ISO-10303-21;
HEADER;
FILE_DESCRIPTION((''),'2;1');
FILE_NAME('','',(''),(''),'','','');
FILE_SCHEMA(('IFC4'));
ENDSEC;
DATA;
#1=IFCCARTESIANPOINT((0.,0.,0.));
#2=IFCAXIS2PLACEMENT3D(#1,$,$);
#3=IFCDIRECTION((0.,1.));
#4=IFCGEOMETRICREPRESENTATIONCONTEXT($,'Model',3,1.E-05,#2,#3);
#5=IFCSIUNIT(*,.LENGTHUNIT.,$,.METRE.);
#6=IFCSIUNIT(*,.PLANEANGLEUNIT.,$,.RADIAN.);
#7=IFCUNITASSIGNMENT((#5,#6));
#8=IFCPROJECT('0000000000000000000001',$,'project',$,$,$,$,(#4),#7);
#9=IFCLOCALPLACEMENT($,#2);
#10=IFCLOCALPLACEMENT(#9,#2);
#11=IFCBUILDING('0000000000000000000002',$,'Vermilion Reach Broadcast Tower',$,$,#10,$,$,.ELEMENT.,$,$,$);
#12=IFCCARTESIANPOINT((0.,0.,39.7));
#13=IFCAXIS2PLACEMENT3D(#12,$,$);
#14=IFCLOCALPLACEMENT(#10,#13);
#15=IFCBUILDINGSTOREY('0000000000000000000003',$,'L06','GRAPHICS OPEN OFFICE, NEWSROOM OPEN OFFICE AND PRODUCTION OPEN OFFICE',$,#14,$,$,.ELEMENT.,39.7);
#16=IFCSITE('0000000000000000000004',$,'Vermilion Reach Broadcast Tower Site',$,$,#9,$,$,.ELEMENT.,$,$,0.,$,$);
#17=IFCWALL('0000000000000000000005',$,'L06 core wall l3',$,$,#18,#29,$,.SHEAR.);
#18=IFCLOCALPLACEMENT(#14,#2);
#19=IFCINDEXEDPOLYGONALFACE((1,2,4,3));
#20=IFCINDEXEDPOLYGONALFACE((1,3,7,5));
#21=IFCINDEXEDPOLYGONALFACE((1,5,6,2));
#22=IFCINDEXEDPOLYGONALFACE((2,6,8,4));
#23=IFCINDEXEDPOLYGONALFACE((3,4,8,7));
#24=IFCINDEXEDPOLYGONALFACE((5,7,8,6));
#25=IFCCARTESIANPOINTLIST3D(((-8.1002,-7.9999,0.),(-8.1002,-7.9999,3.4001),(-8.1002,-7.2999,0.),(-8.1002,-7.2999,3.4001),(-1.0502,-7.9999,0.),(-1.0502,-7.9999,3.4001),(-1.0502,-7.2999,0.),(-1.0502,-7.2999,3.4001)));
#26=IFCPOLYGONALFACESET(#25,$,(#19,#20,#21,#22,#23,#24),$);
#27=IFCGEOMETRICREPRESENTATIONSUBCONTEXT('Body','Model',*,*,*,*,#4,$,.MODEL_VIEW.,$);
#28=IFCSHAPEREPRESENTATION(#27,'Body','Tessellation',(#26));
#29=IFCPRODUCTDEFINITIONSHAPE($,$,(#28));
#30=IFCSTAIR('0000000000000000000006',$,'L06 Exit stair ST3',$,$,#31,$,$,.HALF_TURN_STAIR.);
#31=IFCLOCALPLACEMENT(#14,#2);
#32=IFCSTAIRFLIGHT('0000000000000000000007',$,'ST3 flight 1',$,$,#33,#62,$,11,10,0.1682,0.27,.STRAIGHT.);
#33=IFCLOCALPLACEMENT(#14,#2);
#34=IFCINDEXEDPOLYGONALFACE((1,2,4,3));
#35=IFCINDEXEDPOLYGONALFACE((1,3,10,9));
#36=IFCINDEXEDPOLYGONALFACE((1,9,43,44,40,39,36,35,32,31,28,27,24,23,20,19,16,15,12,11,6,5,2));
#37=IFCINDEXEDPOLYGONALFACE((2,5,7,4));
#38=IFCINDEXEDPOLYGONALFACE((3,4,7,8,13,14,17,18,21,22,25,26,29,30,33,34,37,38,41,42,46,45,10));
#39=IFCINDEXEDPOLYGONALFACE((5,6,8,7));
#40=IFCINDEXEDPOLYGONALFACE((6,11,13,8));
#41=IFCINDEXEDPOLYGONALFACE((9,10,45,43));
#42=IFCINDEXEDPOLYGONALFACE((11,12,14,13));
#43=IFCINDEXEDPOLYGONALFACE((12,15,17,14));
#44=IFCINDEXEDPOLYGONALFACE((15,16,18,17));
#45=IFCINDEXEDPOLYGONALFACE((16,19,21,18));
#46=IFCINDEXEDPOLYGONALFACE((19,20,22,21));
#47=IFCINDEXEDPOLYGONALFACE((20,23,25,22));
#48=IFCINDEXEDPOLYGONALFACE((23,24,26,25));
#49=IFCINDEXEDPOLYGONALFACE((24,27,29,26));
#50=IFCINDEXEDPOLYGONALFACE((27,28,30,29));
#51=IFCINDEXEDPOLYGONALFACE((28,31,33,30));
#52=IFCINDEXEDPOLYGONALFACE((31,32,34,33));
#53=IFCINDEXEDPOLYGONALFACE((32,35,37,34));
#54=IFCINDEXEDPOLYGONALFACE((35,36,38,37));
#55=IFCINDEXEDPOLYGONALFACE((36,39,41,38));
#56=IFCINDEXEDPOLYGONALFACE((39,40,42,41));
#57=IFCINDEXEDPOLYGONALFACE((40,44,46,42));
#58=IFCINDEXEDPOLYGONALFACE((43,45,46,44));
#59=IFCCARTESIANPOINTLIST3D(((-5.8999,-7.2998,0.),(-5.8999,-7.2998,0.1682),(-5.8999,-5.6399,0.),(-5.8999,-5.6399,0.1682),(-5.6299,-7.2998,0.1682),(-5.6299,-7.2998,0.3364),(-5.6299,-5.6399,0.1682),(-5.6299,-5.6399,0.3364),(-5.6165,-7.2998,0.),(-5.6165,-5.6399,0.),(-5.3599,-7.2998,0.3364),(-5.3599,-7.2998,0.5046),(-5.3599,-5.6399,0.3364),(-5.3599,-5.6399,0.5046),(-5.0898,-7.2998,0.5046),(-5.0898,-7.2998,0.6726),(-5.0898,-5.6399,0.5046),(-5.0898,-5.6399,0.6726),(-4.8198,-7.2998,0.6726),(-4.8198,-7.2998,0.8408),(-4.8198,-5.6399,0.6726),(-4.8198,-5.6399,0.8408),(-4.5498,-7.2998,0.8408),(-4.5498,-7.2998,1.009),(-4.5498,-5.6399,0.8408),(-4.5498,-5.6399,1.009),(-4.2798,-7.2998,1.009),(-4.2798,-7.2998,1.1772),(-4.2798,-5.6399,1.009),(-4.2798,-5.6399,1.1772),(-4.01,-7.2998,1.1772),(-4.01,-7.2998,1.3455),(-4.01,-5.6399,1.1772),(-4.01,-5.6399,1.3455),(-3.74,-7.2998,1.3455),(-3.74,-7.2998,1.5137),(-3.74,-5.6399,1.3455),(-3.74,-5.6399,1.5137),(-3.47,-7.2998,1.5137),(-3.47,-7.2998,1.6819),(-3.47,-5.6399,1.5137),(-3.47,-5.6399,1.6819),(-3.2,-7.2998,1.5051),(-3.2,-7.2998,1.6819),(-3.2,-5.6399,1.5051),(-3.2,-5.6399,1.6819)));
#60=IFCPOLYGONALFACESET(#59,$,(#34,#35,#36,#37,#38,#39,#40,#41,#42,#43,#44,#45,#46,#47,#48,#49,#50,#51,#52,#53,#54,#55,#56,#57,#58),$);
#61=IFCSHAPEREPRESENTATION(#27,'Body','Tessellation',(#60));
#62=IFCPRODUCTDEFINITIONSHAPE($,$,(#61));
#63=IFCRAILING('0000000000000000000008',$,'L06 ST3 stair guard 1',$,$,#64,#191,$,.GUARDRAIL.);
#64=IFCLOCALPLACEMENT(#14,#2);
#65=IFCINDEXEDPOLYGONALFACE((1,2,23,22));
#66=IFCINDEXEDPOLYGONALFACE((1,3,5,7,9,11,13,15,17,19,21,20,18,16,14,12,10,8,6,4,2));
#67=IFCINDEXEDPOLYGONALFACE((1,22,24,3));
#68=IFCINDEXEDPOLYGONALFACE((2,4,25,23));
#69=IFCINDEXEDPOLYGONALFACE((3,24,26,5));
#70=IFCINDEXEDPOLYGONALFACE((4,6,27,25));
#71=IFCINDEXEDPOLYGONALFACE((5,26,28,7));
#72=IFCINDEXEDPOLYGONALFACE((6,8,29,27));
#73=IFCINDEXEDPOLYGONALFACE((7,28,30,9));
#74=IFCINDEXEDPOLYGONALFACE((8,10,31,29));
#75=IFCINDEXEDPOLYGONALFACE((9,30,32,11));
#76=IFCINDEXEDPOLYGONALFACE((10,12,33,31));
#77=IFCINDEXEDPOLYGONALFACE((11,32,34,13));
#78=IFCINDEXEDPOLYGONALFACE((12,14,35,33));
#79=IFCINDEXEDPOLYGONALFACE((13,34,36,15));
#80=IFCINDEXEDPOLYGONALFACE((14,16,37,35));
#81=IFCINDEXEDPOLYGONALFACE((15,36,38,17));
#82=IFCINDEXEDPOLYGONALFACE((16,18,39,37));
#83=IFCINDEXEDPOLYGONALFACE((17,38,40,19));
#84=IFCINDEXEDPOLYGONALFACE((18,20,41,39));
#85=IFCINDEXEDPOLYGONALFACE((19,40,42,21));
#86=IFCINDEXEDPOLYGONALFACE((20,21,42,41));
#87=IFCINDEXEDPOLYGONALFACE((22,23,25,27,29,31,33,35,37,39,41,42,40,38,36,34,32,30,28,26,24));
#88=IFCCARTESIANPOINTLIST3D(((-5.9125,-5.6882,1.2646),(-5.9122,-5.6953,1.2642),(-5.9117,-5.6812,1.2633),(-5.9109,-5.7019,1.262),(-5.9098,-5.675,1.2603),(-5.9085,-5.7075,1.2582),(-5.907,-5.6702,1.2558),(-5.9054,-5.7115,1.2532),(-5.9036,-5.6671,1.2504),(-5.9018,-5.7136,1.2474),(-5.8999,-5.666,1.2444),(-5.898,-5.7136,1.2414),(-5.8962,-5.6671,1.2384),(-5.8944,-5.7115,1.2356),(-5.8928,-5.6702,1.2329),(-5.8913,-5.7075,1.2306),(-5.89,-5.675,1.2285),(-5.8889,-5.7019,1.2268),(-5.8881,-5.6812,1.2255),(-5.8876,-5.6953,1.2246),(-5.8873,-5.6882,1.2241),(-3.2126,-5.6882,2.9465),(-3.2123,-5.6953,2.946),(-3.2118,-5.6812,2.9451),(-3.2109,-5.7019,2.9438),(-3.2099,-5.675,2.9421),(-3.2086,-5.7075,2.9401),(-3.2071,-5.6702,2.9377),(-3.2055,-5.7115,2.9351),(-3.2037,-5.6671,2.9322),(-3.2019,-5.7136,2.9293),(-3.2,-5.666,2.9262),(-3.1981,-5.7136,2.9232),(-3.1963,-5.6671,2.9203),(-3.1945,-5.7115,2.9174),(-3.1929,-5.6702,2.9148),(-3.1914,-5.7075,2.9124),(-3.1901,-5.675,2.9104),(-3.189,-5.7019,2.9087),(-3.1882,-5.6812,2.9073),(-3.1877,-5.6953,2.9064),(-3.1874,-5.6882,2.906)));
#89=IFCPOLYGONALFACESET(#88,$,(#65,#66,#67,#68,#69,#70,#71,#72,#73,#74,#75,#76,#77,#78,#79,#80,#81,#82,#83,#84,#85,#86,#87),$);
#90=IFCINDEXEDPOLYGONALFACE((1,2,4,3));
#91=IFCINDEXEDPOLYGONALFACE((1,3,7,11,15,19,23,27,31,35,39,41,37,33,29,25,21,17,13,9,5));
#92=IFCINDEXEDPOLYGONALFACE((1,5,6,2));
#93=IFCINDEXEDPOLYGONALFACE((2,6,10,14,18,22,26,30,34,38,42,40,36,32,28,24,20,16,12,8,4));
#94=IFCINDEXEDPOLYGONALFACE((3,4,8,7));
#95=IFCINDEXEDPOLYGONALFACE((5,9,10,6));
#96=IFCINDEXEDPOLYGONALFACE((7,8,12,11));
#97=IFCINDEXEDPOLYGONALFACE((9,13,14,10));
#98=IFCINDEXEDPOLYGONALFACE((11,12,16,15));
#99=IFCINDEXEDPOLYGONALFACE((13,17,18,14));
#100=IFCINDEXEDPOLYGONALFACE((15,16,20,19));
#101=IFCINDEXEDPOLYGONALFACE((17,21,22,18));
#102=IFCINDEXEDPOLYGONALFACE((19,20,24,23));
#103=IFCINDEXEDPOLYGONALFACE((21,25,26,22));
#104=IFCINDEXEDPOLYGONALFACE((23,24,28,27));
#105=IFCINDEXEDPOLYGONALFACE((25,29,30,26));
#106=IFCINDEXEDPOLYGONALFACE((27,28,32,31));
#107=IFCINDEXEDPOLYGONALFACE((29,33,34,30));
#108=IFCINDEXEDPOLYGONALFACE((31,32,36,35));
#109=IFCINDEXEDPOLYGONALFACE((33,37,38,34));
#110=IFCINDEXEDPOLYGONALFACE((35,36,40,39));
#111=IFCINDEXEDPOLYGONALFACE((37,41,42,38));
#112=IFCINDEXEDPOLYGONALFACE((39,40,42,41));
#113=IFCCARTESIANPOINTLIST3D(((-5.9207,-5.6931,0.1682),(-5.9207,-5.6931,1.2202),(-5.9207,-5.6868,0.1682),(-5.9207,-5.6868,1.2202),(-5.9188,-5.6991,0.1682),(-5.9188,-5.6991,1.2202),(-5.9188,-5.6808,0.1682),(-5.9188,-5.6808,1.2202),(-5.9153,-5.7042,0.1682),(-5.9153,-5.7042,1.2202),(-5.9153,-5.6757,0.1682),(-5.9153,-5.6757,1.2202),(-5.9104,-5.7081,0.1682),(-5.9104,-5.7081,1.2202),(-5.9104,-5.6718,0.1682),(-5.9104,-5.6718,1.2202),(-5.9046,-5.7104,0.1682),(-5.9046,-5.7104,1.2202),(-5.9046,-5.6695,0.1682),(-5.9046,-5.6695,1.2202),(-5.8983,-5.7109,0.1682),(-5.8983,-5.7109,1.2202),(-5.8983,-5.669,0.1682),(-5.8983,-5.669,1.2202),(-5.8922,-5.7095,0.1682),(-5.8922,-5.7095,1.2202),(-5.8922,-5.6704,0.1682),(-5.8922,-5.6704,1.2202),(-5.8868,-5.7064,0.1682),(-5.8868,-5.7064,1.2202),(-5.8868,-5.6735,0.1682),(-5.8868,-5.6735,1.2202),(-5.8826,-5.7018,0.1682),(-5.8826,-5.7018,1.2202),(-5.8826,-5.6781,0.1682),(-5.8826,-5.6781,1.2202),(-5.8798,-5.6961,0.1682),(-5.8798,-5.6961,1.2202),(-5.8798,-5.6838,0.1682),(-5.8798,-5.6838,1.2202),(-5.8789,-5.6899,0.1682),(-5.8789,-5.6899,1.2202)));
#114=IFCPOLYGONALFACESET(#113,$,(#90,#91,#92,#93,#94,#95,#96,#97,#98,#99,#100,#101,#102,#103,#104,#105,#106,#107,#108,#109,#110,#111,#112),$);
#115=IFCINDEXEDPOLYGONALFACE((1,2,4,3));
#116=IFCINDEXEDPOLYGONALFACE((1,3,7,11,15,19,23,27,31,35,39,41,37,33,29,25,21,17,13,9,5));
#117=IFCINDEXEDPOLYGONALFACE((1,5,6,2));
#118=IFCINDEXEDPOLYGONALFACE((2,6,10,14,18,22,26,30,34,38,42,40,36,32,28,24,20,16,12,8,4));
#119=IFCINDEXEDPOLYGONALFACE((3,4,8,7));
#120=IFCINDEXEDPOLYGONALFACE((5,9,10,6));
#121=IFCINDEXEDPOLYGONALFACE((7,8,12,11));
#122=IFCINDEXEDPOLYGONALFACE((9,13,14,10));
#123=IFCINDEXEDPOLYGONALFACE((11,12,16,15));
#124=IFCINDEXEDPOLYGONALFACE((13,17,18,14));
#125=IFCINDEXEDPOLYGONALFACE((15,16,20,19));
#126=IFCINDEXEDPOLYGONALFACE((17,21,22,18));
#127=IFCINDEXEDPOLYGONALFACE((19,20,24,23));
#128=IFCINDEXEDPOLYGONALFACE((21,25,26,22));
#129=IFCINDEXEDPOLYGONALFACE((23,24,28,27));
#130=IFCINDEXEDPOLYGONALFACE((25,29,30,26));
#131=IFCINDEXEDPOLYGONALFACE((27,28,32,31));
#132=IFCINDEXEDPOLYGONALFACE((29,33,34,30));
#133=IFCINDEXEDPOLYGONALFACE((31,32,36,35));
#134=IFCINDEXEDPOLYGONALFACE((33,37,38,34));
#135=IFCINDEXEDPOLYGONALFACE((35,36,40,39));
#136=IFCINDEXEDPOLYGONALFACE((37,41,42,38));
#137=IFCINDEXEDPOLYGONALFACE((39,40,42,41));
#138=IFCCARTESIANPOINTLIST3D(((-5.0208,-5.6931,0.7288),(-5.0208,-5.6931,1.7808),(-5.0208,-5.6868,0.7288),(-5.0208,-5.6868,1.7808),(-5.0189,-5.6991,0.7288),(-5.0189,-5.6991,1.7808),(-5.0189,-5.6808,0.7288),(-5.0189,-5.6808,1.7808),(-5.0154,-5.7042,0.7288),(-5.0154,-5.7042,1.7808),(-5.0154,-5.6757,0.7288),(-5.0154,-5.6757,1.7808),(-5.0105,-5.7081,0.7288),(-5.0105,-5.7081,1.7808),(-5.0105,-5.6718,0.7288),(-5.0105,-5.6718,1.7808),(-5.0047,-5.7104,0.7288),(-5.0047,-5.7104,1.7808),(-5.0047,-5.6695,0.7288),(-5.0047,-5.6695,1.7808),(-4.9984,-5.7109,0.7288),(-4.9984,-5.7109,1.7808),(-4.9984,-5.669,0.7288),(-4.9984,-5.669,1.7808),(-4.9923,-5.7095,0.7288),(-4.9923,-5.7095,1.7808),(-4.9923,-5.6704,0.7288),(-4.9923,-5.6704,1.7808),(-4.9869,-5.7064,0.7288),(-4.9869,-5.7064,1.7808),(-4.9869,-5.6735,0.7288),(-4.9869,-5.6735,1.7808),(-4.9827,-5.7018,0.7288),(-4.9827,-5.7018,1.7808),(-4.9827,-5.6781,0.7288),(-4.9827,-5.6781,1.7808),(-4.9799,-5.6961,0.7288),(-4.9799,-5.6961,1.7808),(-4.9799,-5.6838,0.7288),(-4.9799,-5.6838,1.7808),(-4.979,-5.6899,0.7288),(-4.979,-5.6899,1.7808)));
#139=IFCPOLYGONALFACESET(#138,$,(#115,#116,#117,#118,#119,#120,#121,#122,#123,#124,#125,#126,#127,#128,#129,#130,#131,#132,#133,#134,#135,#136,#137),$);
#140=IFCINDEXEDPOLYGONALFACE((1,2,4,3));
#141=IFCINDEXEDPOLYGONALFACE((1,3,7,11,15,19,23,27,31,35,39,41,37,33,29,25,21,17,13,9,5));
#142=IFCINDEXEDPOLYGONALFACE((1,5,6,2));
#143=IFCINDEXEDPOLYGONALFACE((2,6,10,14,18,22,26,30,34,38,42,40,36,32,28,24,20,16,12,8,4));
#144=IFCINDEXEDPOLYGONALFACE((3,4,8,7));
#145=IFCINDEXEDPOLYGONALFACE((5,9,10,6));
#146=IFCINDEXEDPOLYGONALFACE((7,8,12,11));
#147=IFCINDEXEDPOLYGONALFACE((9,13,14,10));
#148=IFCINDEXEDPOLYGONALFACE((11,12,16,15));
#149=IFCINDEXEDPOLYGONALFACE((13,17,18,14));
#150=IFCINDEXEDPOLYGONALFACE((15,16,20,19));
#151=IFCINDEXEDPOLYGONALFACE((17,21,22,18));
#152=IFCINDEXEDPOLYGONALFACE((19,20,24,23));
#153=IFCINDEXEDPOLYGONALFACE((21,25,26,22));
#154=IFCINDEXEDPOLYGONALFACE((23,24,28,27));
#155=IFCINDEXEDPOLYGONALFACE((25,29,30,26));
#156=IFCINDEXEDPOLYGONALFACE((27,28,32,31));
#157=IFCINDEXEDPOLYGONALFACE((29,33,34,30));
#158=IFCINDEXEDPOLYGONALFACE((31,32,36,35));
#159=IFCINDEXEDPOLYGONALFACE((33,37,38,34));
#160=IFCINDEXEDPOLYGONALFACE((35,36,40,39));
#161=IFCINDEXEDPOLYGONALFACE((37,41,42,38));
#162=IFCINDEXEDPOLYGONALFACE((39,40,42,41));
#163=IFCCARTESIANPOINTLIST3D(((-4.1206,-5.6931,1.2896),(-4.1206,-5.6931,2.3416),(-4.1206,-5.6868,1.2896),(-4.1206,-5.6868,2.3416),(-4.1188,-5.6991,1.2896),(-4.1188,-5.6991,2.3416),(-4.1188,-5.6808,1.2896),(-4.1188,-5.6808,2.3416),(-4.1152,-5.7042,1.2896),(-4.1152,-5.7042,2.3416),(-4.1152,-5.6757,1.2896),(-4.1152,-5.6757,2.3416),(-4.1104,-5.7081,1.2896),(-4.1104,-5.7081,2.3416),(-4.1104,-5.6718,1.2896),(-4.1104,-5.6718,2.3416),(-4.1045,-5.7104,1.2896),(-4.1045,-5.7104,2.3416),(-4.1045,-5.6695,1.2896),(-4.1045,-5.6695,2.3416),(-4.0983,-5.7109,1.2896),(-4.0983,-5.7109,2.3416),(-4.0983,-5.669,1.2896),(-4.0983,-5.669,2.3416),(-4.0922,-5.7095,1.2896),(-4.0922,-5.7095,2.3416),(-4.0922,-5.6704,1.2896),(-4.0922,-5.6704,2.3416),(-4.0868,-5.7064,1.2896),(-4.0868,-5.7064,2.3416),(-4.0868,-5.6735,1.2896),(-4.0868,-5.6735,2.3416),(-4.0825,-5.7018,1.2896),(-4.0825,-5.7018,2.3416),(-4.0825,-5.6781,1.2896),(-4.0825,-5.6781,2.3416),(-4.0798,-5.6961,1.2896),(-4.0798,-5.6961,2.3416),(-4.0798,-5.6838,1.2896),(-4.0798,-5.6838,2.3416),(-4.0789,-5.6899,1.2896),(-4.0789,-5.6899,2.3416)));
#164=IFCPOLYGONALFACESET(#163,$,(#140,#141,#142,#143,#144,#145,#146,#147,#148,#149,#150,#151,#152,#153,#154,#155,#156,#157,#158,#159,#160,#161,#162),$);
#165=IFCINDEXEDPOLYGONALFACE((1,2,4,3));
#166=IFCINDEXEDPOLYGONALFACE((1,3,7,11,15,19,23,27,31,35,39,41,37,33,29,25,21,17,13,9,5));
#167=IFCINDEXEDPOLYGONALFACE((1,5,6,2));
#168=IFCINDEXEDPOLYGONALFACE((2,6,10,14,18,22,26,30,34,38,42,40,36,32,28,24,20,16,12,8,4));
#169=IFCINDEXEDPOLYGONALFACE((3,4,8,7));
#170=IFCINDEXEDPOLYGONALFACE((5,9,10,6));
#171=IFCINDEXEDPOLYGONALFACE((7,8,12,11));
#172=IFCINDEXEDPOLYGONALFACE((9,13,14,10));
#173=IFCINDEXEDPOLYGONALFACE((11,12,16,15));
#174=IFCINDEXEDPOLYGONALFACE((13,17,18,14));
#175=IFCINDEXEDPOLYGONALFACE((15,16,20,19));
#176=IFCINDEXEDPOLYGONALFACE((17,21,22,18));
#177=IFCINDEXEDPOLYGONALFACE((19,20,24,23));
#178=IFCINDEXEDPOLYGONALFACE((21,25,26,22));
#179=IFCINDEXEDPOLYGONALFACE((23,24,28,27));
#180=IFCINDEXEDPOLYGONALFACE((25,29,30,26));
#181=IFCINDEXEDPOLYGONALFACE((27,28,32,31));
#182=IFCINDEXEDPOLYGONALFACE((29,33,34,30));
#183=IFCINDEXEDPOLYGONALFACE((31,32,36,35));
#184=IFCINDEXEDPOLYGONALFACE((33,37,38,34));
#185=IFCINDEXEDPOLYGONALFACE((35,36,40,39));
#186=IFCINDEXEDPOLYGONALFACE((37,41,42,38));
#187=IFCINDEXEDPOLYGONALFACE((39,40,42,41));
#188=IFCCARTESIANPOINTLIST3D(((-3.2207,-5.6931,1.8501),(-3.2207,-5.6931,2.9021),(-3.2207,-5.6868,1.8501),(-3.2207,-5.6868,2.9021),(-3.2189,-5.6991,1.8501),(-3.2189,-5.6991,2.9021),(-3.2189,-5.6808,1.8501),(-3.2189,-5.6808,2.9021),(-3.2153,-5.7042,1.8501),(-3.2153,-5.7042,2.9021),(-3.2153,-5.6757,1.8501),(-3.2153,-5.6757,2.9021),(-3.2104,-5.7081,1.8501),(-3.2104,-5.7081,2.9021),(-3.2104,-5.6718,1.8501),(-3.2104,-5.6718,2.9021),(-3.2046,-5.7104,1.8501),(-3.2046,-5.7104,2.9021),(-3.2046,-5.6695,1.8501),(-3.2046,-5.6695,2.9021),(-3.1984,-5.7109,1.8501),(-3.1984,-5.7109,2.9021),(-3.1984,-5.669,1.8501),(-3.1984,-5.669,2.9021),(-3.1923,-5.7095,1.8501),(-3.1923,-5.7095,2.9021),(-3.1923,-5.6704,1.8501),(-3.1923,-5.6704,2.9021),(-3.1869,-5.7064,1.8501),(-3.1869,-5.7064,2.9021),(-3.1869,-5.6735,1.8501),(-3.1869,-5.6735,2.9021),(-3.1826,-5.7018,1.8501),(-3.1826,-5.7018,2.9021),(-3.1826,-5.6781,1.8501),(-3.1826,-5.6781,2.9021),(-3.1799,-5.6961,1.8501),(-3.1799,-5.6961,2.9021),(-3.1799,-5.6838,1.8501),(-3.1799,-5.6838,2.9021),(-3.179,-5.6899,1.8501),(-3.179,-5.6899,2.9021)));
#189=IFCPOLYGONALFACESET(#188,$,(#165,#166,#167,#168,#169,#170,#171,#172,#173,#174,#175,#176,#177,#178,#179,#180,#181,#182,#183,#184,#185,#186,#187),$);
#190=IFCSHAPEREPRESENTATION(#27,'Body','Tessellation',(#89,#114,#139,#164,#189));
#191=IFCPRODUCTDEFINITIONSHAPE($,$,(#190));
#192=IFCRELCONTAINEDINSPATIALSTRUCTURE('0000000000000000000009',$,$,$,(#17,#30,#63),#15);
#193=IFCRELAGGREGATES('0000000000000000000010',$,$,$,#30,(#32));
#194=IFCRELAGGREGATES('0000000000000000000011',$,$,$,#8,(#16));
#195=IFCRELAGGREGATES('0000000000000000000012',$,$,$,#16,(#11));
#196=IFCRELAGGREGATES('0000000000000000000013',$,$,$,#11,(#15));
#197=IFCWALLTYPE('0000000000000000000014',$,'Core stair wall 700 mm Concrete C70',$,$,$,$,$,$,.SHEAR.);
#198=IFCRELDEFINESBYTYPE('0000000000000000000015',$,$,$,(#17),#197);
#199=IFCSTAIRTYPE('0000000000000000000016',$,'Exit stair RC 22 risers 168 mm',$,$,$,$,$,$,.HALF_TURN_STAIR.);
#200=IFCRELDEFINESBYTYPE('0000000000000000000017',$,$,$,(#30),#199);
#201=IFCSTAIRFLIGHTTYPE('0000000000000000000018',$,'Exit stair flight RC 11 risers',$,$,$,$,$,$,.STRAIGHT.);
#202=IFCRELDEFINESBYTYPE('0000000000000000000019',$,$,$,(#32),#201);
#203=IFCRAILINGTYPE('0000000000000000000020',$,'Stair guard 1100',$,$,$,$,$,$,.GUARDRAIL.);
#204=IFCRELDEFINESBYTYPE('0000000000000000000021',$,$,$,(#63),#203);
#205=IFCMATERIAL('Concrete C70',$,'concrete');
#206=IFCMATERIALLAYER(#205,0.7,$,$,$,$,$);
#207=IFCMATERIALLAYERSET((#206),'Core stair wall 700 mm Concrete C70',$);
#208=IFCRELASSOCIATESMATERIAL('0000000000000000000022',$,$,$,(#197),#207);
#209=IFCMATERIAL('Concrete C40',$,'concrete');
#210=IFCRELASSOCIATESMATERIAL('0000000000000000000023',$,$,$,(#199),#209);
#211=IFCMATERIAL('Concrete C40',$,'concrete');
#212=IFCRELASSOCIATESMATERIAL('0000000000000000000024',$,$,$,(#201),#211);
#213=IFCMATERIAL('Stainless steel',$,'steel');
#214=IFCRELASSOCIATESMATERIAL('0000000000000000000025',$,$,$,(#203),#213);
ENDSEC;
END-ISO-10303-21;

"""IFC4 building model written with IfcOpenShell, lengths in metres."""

from ifc_helpers import new_model, si_unit, direction, frame, frame_2d, origin, origin_2d, place, context, subcontext, project, spatial, polyline, rectangle, circle, outline, extrude, material, layer, layer_set, type_object, element, aggregate, save


model = new_model("IFC4")

# Units and contexts
model_context = context("Model", 3, precision=1e-05, world=origin(), true_north=direction((0.0, 1.0)))
body_context = subcontext(model_context, "Body", "Model", "MODEL_VIEW")
ifc_project = project(units=[si_unit("LENGTHUNIT", "METRE"), si_unit("PLANEANGLEUNIT", "RADIAN")], contexts=[model_context])

# Site, building, storey
site_placement = place(None, origin())
site = spatial("IfcSite", under=ifc_project, at=site_placement, Name="Vermilion Reach Broadcast Tower Site", CompositionType="ELEMENT", RefElevation=0.0)
building_placement = place(site_placement, origin())
building = spatial("IfcBuilding", under=site, at=building_placement, Name="Vermilion Reach Broadcast Tower", CompositionType="ELEMENT")
storey_placement = place(building_placement, frame((0.0, 0.0, 39.7)))
storey = spatial("IfcBuildingStorey", under=building, at=storey_placement, Name="L06", Description="GRAPHICS OPEN OFFICE, NEWSROOM OPEN OFFICE AND PRODUCTION OPEN OFFICE", CompositionType="ELEMENT", Elevation=39.7)

# Wall
ifc_material_1 = material(Name="Concrete C70", Category="concrete")
ifc_layer_1 = layer(ifc_material_1, 0.7)
ifc_layer_set_1 = layer_set([ifc_layer_1], Name="Core stair wall 700 mm Concrete C70")
wall_type_1 = type_object("IfcWallType", Name="Core stair wall 700 mm Concrete C70", PredefinedType="SHEAR", material=ifc_layer_set_1)
wall_1_placement = place(storey_placement, frame((-8.1001, -7.6499, 0.0), z_axis=(0.0, 0.0, 1.0), x_axis=(1.0, 0.0, 0.0)))
element("IfcWall", 1, at=wall_1_placement, inside=storey, type_object=wall_type_1, Name="L06 core wall l3", PredefinedType="SHEAR", context=body_context, shape_type="SweptSolid", body=[
    extrude(rectangle(XDim=7.05, YDim=0.7, at=frame_2d((3.5249, 0.0))), origin(), (0.0, 0.0, 1.0), 3.4001),
])

# Stair, stair flight
ifc_material_2 = material(Name="Concrete C40", Category="concrete")
stair_type = type_object("IfcStairType", Name="Exit stair RC 22 risers 168 mm", PredefinedType="HALF_TURN_STAIR", material=ifc_material_2)
stair_placement = place(storey_placement, origin())
stair = element("IfcStair", 2, at=stair_placement, inside=storey, type_object=stair_type, Name="L06 Exit stair ST3", PredefinedType="HALF_TURN_STAIR")
ifc_material_3 = material(Name="Concrete C40", Category="concrete")
stair_flight_type = type_object("IfcStairFlightType", Name="Exit stair flight RC 11 risers", PredefinedType="STRAIGHT", material=ifc_material_3)
stair_flight_placement = place(storey_placement, frame((-5.8999, -6.47, 0.0), z_axis=(0.0, 0.0, 1.0), x_axis=(1.0, 0.0, 0.0)))
stair_flight = element("IfcStairFlight", 3, at=stair_flight_placement, type_object=stair_flight_type, Name="ST3 flight 1", NumberOfRisers=11, NumberOfTreads=10, PredefinedType="STRAIGHT", RiserHeight=0.1682, TreadLength=0.27, context=body_context, shape_type="SweptSolid", body=[
    extrude(outline(polyline([(0.0, 0.0), (0.0, 0.1682), (0.27, 0.1682), (0.27, 0.3364), (0.54, 0.3364), (0.54, 0.5046), (0.8101, 0.5046), (0.8101, 0.6726), (1.0801, 0.6726), (1.0801, 0.8408), (1.3501, 0.8408), (1.3501, 1.009), (1.6201, 1.009), (1.6201, 1.1772), (1.8899, 1.1772), (1.8899, 1.3455), (2.1599, 1.3455), (2.1599, 1.5137), (2.4299, 1.5137), (2.4299, 1.6819), (2.7, 1.6819), (2.7, 1.8501), (2.7, 1.5051), (0.2834, 0.0), (0.0, 0.0)])), frame((0.0, 0.8301, 0.0), z_axis=(0.0, -1.0, 0.0), x_axis=(1.0, 0.0, 0.0)), (0.0, 0.0, 1.0), 1.6599),
])
aggregate(stair, [stair_flight])

# Railing
ifc_material_4 = material(Name="Stainless steel", Category="steel")
railing_type = type_object("IfcRailingType", Name="Stair guard 1100", PredefinedType="GUARDRAIL", material=ifc_material_4)
railing_1_placement = place(storey_placement, frame((-5.8999, -5.6899, 0.1682)))
element("IfcRailing", 4, at=railing_1_placement, inside=storey, type_object=railing_type, Name="L06 ST3 stair guard 1", PredefinedType="GUARDRAIL", context=body_context, shape_type="SweptSolid", body=[
    extrude(circle(Radius=0.0239, at=origin_2d()), frame((0.0, 0.0, 1.0762), z_axis=(0.848786, 0.0, 0.528736), x_axis=(0.0, 1.0, 0.0)), (0.0, 0.0, 1.0), 3.1809),
    extrude(circle(Radius=0.021, at=origin_2d()), origin(), (0.0, 0.0, 1.0), 1.052),
    extrude(circle(Radius=0.021, at=origin_2d()), frame((0.8999, 0.0, 0.5605)), (0.0, 0.0, 1.0), 1.052),
    extrude(circle(Radius=0.021, at=origin_2d()), frame((1.8, 0.0, 1.1213)), (0.0, 0.0, 1.0), 1.052),
    extrude(circle(Radius=0.021, at=origin_2d()), frame((2.7, 0.0, 1.6819)), (0.0, 0.0, 1.0), 1.052),
])

save(model, "model.ifc")
